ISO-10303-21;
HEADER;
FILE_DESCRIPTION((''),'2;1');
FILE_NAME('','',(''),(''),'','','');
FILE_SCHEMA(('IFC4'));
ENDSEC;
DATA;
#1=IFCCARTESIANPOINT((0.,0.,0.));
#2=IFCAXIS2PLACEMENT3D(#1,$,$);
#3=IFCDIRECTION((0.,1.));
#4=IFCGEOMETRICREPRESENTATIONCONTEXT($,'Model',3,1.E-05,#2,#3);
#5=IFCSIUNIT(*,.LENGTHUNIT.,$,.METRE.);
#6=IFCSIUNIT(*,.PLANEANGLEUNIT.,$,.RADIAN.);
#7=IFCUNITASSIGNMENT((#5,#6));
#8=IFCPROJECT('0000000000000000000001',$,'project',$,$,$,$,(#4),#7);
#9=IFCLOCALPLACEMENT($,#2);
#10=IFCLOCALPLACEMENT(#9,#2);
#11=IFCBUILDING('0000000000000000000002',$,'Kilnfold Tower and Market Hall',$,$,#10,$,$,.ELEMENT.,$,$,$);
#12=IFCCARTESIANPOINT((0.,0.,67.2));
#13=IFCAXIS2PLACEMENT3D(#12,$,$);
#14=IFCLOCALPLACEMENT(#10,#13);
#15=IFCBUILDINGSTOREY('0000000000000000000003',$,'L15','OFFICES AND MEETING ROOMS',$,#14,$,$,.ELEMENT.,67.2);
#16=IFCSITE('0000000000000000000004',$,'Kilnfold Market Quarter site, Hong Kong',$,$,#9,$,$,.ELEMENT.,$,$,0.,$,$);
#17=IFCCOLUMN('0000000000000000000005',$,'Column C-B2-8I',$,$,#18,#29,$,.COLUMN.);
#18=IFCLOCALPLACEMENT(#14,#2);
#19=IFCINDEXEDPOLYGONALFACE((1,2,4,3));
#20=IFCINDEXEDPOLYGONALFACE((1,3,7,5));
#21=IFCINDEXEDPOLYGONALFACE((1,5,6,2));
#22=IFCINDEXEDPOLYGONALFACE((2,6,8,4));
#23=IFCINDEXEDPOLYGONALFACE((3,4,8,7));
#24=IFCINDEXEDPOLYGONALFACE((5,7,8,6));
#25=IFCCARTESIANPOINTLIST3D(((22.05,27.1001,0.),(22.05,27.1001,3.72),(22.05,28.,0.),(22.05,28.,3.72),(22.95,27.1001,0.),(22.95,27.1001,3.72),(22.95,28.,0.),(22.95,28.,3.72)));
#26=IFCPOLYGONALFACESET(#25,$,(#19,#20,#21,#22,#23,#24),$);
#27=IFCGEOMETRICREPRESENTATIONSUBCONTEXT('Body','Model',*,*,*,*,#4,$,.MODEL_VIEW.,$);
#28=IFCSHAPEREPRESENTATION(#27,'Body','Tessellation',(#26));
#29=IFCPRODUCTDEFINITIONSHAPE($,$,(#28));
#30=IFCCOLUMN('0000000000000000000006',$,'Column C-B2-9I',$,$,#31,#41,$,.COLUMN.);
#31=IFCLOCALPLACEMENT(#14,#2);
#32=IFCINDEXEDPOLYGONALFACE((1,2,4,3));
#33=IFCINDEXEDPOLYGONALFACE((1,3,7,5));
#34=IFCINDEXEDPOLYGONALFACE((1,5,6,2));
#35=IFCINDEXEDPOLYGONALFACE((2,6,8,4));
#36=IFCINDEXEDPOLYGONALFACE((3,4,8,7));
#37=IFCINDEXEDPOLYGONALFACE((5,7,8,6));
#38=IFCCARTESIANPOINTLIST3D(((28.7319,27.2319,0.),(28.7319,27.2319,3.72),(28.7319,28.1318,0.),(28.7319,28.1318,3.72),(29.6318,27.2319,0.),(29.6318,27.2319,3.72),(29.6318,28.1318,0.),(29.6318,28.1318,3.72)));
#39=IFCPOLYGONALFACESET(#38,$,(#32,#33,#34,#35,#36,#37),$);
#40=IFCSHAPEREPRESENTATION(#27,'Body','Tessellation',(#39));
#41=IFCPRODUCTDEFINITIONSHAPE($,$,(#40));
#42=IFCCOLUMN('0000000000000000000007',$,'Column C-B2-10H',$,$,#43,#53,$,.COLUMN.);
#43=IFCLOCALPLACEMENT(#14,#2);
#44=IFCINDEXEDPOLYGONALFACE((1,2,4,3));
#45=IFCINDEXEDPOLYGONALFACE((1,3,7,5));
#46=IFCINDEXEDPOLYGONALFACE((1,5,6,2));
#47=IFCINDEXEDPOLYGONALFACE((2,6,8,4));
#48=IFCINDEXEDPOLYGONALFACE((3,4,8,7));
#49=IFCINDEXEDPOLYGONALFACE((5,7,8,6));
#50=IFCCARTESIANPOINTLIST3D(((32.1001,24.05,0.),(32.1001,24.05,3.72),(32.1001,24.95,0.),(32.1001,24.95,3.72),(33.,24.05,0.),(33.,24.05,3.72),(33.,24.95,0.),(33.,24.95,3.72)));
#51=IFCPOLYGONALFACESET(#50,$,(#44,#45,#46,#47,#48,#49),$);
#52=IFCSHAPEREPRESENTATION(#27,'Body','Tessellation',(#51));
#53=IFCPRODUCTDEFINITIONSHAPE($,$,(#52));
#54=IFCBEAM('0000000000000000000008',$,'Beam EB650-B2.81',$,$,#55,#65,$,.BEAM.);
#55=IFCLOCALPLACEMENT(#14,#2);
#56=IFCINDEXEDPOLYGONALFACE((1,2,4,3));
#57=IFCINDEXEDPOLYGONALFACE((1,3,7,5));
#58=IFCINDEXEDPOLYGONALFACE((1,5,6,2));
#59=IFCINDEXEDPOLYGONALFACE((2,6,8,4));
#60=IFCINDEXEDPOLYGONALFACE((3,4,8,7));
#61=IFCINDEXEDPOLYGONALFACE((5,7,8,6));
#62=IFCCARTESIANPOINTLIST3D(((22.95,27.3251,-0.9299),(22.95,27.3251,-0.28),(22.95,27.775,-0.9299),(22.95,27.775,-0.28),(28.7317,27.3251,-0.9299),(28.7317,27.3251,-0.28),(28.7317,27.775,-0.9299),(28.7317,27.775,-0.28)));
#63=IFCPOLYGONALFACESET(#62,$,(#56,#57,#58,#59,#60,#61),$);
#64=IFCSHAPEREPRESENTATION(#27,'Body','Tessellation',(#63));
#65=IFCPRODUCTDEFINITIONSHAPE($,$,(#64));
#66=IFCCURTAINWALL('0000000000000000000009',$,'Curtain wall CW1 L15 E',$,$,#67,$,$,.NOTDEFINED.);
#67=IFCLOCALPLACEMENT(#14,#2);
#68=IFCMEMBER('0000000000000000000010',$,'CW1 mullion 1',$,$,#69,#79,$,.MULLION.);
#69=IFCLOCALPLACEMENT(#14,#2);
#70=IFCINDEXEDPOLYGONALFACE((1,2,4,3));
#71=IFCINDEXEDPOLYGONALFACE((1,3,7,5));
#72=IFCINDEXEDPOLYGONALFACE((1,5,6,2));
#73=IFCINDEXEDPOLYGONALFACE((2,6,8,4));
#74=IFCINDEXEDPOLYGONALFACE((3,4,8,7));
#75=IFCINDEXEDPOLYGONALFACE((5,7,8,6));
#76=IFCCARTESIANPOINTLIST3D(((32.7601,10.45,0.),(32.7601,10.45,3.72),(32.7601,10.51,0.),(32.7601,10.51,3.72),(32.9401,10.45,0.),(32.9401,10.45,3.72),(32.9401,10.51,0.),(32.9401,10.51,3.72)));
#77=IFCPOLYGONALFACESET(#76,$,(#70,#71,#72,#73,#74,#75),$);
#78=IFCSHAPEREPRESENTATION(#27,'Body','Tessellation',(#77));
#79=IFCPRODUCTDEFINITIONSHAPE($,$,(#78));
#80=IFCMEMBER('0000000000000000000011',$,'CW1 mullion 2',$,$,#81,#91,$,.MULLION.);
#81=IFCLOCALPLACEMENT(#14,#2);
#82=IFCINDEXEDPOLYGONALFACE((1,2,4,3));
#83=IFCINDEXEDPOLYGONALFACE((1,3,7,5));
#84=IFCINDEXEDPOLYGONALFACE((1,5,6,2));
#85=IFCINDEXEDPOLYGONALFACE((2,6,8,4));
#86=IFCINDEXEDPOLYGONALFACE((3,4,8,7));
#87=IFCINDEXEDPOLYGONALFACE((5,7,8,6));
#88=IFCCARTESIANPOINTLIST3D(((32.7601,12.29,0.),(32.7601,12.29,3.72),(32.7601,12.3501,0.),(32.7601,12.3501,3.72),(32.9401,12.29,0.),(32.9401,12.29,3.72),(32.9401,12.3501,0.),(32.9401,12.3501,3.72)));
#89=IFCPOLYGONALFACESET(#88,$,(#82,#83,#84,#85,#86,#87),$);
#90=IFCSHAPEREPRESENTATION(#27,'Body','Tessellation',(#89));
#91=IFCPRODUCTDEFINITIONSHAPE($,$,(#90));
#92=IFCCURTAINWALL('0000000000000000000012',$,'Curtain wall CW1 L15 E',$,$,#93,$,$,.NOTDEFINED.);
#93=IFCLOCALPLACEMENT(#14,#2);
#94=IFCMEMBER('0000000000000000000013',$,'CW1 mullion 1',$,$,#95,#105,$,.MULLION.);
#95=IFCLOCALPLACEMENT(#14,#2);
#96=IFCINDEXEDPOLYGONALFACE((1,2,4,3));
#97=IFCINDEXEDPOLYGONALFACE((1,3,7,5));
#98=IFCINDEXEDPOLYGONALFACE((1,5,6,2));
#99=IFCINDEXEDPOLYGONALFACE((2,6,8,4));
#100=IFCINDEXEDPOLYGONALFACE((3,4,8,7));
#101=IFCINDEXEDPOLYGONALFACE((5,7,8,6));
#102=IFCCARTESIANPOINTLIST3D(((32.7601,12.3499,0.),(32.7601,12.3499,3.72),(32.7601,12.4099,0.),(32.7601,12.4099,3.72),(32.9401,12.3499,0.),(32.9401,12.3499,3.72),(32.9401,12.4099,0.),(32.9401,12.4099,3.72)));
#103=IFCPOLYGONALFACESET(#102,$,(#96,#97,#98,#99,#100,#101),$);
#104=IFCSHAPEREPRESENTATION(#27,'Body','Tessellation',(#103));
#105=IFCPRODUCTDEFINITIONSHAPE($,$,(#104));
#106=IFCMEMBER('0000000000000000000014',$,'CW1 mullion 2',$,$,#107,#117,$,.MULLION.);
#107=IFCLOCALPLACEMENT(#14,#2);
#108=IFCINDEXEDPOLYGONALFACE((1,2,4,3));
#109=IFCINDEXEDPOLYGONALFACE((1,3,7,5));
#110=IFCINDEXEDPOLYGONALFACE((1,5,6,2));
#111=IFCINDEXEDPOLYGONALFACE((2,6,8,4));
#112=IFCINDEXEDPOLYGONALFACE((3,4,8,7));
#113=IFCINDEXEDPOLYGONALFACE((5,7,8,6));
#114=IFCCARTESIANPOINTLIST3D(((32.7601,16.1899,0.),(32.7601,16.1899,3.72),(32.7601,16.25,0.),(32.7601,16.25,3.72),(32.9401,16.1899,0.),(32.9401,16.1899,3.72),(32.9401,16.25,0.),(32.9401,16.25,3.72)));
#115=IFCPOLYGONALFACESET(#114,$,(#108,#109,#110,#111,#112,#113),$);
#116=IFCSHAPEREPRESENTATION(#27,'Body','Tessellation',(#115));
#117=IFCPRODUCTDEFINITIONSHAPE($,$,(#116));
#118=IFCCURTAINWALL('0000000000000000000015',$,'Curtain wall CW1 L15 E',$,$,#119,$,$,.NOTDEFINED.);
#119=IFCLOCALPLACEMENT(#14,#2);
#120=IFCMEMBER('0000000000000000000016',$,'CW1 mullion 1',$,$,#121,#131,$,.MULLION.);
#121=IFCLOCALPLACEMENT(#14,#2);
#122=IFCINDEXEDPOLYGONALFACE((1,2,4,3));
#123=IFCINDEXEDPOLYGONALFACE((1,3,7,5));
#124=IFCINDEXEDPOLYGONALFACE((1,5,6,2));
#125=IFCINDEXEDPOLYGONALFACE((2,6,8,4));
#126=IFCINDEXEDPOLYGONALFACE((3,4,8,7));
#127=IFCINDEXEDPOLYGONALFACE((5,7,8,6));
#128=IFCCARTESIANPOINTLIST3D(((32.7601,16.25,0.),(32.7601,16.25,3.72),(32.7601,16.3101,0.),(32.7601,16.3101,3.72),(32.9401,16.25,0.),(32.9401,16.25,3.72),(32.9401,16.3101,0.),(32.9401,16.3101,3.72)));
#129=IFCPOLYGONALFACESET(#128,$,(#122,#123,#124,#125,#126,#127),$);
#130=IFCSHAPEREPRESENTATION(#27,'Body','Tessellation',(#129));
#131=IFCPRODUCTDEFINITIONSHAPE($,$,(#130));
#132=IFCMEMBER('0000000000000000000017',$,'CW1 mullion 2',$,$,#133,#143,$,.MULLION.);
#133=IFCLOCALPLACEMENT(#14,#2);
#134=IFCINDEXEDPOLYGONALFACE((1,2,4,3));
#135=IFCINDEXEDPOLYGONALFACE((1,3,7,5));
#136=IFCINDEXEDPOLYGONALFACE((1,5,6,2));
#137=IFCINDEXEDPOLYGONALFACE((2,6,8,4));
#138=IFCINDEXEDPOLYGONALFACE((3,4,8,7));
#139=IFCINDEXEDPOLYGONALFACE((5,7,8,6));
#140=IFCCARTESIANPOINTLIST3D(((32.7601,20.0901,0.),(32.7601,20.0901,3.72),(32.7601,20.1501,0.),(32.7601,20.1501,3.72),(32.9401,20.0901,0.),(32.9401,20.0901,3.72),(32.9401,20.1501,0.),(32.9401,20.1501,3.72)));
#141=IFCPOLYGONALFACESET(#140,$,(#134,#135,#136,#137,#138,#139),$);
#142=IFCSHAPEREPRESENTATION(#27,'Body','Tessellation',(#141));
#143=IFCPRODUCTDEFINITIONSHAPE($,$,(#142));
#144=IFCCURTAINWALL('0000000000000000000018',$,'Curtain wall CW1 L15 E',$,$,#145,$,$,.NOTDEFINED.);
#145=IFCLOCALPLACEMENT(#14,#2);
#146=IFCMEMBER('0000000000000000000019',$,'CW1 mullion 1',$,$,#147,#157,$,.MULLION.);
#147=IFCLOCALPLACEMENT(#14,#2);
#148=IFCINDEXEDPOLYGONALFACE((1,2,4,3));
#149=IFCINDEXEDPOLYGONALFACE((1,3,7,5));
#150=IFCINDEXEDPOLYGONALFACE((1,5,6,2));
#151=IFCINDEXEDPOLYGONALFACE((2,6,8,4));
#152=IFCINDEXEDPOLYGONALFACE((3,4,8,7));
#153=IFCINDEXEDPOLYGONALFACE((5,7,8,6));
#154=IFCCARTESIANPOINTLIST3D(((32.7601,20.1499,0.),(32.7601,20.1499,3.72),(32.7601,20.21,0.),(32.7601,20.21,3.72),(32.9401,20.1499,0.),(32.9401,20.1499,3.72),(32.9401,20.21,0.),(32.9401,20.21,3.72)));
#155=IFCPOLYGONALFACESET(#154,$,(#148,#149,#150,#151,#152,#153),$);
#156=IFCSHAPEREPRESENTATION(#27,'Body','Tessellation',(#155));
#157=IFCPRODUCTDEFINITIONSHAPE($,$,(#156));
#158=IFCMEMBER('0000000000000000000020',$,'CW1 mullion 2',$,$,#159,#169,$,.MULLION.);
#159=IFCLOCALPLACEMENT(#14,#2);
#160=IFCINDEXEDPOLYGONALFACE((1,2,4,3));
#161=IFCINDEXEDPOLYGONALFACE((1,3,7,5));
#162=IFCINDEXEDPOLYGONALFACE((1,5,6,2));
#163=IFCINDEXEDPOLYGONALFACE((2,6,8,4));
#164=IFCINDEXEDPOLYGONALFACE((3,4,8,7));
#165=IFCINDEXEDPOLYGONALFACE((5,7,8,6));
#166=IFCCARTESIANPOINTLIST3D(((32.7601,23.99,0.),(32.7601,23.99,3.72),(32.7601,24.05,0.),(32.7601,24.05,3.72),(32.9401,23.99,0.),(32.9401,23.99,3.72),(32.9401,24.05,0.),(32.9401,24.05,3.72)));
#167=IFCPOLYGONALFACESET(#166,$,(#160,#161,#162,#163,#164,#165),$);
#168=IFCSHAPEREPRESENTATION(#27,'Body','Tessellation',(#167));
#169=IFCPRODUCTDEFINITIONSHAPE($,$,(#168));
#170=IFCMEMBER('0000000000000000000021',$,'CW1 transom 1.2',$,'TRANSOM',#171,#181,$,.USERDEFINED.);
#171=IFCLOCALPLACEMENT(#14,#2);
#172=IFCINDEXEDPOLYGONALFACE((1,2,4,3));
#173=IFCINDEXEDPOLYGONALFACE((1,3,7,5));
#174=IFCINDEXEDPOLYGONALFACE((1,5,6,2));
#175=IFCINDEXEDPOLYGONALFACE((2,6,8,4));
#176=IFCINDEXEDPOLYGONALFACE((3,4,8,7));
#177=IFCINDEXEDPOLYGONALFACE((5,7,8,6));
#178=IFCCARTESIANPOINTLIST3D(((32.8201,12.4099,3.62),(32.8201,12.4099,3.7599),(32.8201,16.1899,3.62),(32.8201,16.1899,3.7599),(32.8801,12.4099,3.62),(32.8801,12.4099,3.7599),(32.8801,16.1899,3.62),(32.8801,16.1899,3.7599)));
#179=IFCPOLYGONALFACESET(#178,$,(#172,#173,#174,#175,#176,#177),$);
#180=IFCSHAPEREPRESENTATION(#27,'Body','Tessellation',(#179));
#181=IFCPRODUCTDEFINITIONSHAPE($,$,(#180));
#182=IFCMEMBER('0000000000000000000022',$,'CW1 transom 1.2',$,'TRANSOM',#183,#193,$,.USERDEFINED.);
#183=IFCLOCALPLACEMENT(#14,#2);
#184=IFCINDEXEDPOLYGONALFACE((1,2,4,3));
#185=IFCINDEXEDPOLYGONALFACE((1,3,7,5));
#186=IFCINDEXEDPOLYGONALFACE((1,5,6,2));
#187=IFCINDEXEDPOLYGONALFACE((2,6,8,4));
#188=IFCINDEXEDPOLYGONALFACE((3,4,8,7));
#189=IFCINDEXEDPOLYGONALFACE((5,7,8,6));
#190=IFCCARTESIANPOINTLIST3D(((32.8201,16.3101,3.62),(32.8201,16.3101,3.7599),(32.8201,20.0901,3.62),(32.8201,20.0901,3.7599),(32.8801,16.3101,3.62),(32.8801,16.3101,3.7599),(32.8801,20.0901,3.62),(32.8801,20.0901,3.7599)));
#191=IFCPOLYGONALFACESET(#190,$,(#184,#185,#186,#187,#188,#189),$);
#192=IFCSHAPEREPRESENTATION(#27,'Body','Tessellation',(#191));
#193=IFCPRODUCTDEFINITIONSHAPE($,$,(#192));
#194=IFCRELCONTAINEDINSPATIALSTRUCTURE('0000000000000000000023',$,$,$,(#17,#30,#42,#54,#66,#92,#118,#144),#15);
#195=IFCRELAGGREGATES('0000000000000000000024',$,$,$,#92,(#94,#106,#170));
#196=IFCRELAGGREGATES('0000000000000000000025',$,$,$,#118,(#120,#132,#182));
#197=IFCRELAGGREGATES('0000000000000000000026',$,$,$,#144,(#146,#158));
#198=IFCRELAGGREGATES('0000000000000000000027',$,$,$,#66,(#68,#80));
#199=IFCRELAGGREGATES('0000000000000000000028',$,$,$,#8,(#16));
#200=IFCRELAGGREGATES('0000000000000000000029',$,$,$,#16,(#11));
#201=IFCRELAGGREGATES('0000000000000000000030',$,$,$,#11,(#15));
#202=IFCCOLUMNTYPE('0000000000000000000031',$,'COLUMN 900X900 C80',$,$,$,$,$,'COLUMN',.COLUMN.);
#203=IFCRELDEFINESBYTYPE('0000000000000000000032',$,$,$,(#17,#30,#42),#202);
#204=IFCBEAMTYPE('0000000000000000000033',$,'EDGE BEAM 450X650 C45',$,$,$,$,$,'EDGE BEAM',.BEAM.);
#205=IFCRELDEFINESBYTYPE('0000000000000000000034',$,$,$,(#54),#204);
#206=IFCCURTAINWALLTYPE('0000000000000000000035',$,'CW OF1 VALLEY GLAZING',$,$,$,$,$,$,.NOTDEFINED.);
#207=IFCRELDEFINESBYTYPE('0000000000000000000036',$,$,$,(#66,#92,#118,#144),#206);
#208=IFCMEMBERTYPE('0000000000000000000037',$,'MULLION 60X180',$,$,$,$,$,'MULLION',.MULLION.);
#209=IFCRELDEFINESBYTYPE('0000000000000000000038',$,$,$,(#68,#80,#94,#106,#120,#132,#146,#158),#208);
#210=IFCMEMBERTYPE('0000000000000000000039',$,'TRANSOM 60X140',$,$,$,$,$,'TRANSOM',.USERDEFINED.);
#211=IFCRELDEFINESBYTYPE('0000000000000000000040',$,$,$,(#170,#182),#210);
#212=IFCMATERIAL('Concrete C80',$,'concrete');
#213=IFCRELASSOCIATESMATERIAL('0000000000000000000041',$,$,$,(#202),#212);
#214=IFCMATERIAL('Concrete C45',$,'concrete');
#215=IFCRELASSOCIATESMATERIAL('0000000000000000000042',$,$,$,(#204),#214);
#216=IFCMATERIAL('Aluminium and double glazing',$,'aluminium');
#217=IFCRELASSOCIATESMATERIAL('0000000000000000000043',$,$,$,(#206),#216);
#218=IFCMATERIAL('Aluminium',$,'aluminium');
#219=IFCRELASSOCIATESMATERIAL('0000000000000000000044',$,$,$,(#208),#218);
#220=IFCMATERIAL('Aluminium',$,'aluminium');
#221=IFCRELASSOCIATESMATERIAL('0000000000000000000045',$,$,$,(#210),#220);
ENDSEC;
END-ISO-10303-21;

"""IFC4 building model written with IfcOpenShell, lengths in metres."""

from ifc_helpers import new_model, si_unit, direction, frame, origin, origin_2d, place, context, subcontext, project, spatial, rectangle, extrude, source, transform, mapped, material, material_profile, profile_set, type_object, element, aggregate, save


model = new_model("IFC4")

# Units and contexts
model_context = context("Model", 3, precision=1e-05, world=origin(), true_north=direction((0.0, 1.0)))
body_context = subcontext(model_context, "Body", "Model", "MODEL_VIEW")
ifc_project = project(units=[si_unit("LENGTHUNIT", "METRE"), si_unit("PLANEANGLEUNIT", "RADIAN")], contexts=[model_context])

# Site, building, storey
site_placement = place(None, origin())
site = spatial("IfcSite", under=ifc_project, at=site_placement, Name="Kilnfold Market Quarter site, Hong Kong", CompositionType="ELEMENT", RefElevation=0.0)
building_placement = place(site_placement, origin())
building = spatial("IfcBuilding", under=site, at=building_placement, Name="Kilnfold Tower and Market Hall", CompositionType="ELEMENT")
storey_placement = place(building_placement, frame((0.0, 0.0, 67.2)))
storey = spatial("IfcBuildingStorey", under=building, at=storey_placement, Name="L15", Description="OFFICES AND MEETING ROOMS", CompositionType="ELEMENT", Elevation=67.2)

# Columns
ifc_material_1 = material(Name="Concrete C80", Category="concrete")
ifc_material_profile_1 = material_profile(ifc_material_1, rectangle(XDim=0.8999, YDim=0.8999, at=origin_2d()), Name="RC 900x900")
ifc_profile_set_1 = profile_set([ifc_material_profile_1], Name="Concrete C80")
column_type = type_object("IfcColumnType", Name="COLUMN 900X900 C80", ElementType="COLUMN", PredefinedType="COLUMN", material=ifc_profile_set_1)
shared_shape_1 = source(origin(), body_context, "Body", "SweptSolid", [
    extrude(rectangle(XDim=0.8999, YDim=0.8999, at=origin_2d()), origin(), (0.0, 0.0, 1.0), 3.72),
])
for number, where, z_axis, x_axis, name in (
    (1, (22.5, 27.55, 0.0), (0.0, 0.0, 1.0), (1.0, 0.0, 0.0), "Column C-B2-8I"),
    (2, (29.1819, 27.6819, 0.0), (0.0, 0.0, 1.0), (1.0, 0.0, 0.0), "Column C-B2-9I"),
    (3, (32.55, 24.5, 0.0), (0.0, 0.0, 1.0), (1.0, 0.0, 0.0), "Column C-B2-10H"),
):
    element("IfcColumn", number, at=place(storey_placement, frame(where, z_axis=z_axis, x_axis=x_axis)), inside=storey, type_object=column_type, Name=name, PredefinedType="COLUMN", context=body_context, shape_type="MappedRepresentation", body=[
        mapped(shared_shape_1, transform((0.0, 0.0, 0.0))),
    ])

# Beam
ifc_material_2 = material(Name="Concrete C45", Category="concrete")
ifc_material_profile_2 = material_profile(ifc_material_2, rectangle(XDim=0.45, YDim=0.6499, at=origin_2d()), Name="RC 450x650")
ifc_profile_set_2 = profile_set([ifc_material_profile_2], Name="Concrete C45")
beam_type = type_object("IfcBeamType", Name="EDGE BEAM 450X650 C45", ElementType="EDGE BEAM", PredefinedType="BEAM", material=ifc_profile_set_2)
shared_shape_2 = source(origin(), body_context, "Body", "SweptSolid", [
    extrude(rectangle(XDim=0.45, YDim=0.6499, at=origin_2d()), origin(), (0.0, 0.0, 1.0), 5.7817),
])
beam_placement = place(storey_placement, frame((22.95, 27.55, -0.605), z_axis=(1.0, 0.0, 0.0), x_axis=(0.0, 1.0, 0.0)))
element("IfcBeam", 4, at=beam_placement, inside=storey, type_object=beam_type, Name="Beam EB650-B2.81", PredefinedType="BEAM", context=body_context, shape_type="MappedRepresentation", body=[
    mapped(shared_shape_2, transform((0.0, 0.0, 0.0))),
])

# Curtain walls, members
ifc_material_3 = material(Name="Aluminium and double glazing", Category="aluminium")
curtain_wall_type = type_object("IfcCurtainWallType", Name="CW OF1 VALLEY GLAZING", PredefinedType="NOTDEFINED", material=ifc_material_3)
curtain_wall_1_placement = place(storey_placement, origin())
curtain_wall_1 = element("IfcCurtainWall", 5, at=curtain_wall_1_placement, inside=storey, type_object=curtain_wall_type, Name="Curtain wall CW1 L15 E", PredefinedType="NOTDEFINED")
ifc_material_4 = material(Name="Aluminium", Category="aluminium")
ifc_material_profile_3 = material_profile(ifc_material_4, rectangle(XDim=0.0601, YDim=0.1799, at=origin_2d()), Name="MULLION 60x180")
ifc_profile_set_3 = profile_set([ifc_material_profile_3], Name="Aluminium")
member_type_1 = type_object("IfcMemberType", Name="MULLION 60X180", ElementType="MULLION", PredefinedType="MULLION", material=ifc_profile_set_3)
shared_shape_3 = source(origin(), body_context, "Body", "SweptSolid", [
    extrude(rectangle(XDim=0.0601, YDim=0.1799, at=origin_2d()), origin(), (0.0, 0.0, 1.0), 3.72),
])
member_1_placement = place(storey_placement, frame((32.8501, 10.48, 0.0), z_axis=(0.0, 0.0, 1.0), x_axis=(0.0, 1.0, 0.0)))
member_1 = element("IfcMember", 6, at=member_1_placement, type_object=member_type_1, Name="CW1 mullion 1", PredefinedType="MULLION", context=body_context, shape_type="MappedRepresentation", body=[
    mapped(shared_shape_3, transform((0.0, 0.0, 0.0))),
])
member_2_placement = place(storey_placement, frame((32.8501, 12.3201, 0.0), z_axis=(0.0, 0.0, 1.0), x_axis=(0.0, 1.0, 0.0)))
member_2 = element("IfcMember", 7, at=member_2_placement, type_object=member_type_1, Name="CW1 mullion 2", PredefinedType="MULLION", context=body_context, shape_type="MappedRepresentation", body=[
    mapped(shared_shape_3, transform((0.0, 0.0, 0.0))),
])
curtain_wall_2_placement = place(storey_placement, origin())
curtain_wall_2 = element("IfcCurtainWall", 8, at=curtain_wall_2_placement, inside=storey, type_object=curtain_wall_type, Name="Curtain wall CW1 L15 E", PredefinedType="NOTDEFINED")
member_3_placement = place(storey_placement, frame((32.8501, 12.3799, 0.0), z_axis=(0.0, 0.0, 1.0), x_axis=(0.0, 1.0, 0.0)))
member_3 = element("IfcMember", 9, at=member_3_placement, type_object=member_type_1, Name="CW1 mullion 1", PredefinedType="MULLION", context=body_context, shape_type="MappedRepresentation", body=[
    mapped(shared_shape_3, transform((0.0, 0.0, 0.0))),
])
member_4_placement = place(storey_placement, frame((32.8501, 16.22, 0.0), z_axis=(0.0, 0.0, 1.0), x_axis=(0.0, 1.0, 0.0)))
member_4 = element("IfcMember", 10, at=member_4_placement, type_object=member_type_1, Name="CW1 mullion 2", PredefinedType="MULLION", context=body_context, shape_type="MappedRepresentation", body=[
    mapped(shared_shape_3, transform((0.0, 0.0, 0.0))),
])
curtain_wall_3_placement = place(storey_placement, origin())
curtain_wall_3 = element("IfcCurtainWall", 11, at=curtain_wall_3_placement, inside=storey, type_object=curtain_wall_type, Name="Curtain wall CW1 L15 E", PredefinedType="NOTDEFINED")
member_5_placement = place(storey_placement, frame((32.8501, 16.28, 0.0), z_axis=(0.0, 0.0, 1.0), x_axis=(0.0, 1.0, 0.0)))
member_5 = element("IfcMember", 12, at=member_5_placement, type_object=member_type_1, Name="CW1 mullion 1", PredefinedType="MULLION", context=body_context, shape_type="MappedRepresentation", body=[
    mapped(shared_shape_3, transform((0.0, 0.0, 0.0))),
])
member_6_placement = place(storey_placement, frame((32.8501, 20.1201, 0.0), z_axis=(0.0, 0.0, 1.0), x_axis=(0.0, 1.0, 0.0)))
member_6 = element("IfcMember", 13, at=member_6_placement, type_object=member_type_1, Name="CW1 mullion 2", PredefinedType="MULLION", context=body_context, shape_type="MappedRepresentation", body=[
    mapped(shared_shape_3, transform((0.0, 0.0, 0.0))),
])
curtain_wall_4_placement = place(storey_placement, origin())
curtain_wall_4 = element("IfcCurtainWall", 14, at=curtain_wall_4_placement, inside=storey, type_object=curtain_wall_type, Name="Curtain wall CW1 L15 E", PredefinedType="NOTDEFINED")
member_7_placement = place(storey_placement, frame((32.8501, 20.1799, 0.0), z_axis=(0.0, 0.0, 1.0), x_axis=(0.0, 1.0, 0.0)))
member_7 = element("IfcMember", 15, at=member_7_placement, type_object=member_type_1, Name="CW1 mullion 1", PredefinedType="MULLION", context=body_context, shape_type="MappedRepresentation", body=[
    mapped(shared_shape_3, transform((0.0, 0.0, 0.0))),
])
member_8_placement = place(storey_placement, frame((32.8501, 24.02, 0.0), z_axis=(0.0, 0.0, 1.0), x_axis=(0.0, 1.0, 0.0)))
member_8 = element("IfcMember", 16, at=member_8_placement, type_object=member_type_1, Name="CW1 mullion 2", PredefinedType="MULLION", context=body_context, shape_type="MappedRepresentation", body=[
    mapped(shared_shape_3, transform((0.0, 0.0, 0.0))),
])

# Members
ifc_material_5 = material(Name="Aluminium", Category="aluminium")
ifc_material_profile_4 = material_profile(ifc_material_5, rectangle(XDim=0.0601, YDim=0.1399, at=origin_2d()), Name="TRANSOM 60x140")
ifc_profile_set_4 = profile_set([ifc_material_profile_4], Name="Aluminium")
member_type_2 = type_object("IfcMemberType", Name="TRANSOM 60X140", ElementType="TRANSOM", PredefinedType="USERDEFINED", material=ifc_profile_set_4)
shared_shape_4 = source(origin(), body_context, "Body", "SweptSolid", [
    extrude(rectangle(XDim=0.0601, YDim=0.1399, at=origin_2d()), origin(), (0.0, 0.0, 1.0), 3.78),
])
member_9_placement = place(storey_placement, frame((32.8501, 12.4099, 3.6899), z_axis=(0.0, 1.0, 0.0), x_axis=(-1.0, 0.0, 0.0)))
member_9 = element("IfcMember", 17, at=member_9_placement, type_object=member_type_2, Name="CW1 transom 1.2", ObjectType="TRANSOM", PredefinedType="USERDEFINED", context=body_context, shape_type="MappedRepresentation", body=[
    mapped(shared_shape_4, transform((0.0, 0.0, 0.0))),
])
member_10_placement = place(storey_placement, frame((32.8501, 16.3101, 3.6899), z_axis=(0.0, 1.0, 0.0), x_axis=(-1.0, 0.0, 0.0)))
member_10 = element("IfcMember", 18, at=member_10_placement, type_object=member_type_2, Name="CW1 transom 1.2", ObjectType="TRANSOM", PredefinedType="USERDEFINED", context=body_context, shape_type="MappedRepresentation", body=[
    mapped(shared_shape_4, transform((0.0, 0.0, 0.0))),
])

aggregate(curtain_wall_2, [member_3, member_4, member_9])
aggregate(curtain_wall_3, [member_5, member_6, member_10])
aggregate(curtain_wall_4, [member_7, member_8])
aggregate(curtain_wall_1, [member_1, member_2])

save(model, "model.ifc")
